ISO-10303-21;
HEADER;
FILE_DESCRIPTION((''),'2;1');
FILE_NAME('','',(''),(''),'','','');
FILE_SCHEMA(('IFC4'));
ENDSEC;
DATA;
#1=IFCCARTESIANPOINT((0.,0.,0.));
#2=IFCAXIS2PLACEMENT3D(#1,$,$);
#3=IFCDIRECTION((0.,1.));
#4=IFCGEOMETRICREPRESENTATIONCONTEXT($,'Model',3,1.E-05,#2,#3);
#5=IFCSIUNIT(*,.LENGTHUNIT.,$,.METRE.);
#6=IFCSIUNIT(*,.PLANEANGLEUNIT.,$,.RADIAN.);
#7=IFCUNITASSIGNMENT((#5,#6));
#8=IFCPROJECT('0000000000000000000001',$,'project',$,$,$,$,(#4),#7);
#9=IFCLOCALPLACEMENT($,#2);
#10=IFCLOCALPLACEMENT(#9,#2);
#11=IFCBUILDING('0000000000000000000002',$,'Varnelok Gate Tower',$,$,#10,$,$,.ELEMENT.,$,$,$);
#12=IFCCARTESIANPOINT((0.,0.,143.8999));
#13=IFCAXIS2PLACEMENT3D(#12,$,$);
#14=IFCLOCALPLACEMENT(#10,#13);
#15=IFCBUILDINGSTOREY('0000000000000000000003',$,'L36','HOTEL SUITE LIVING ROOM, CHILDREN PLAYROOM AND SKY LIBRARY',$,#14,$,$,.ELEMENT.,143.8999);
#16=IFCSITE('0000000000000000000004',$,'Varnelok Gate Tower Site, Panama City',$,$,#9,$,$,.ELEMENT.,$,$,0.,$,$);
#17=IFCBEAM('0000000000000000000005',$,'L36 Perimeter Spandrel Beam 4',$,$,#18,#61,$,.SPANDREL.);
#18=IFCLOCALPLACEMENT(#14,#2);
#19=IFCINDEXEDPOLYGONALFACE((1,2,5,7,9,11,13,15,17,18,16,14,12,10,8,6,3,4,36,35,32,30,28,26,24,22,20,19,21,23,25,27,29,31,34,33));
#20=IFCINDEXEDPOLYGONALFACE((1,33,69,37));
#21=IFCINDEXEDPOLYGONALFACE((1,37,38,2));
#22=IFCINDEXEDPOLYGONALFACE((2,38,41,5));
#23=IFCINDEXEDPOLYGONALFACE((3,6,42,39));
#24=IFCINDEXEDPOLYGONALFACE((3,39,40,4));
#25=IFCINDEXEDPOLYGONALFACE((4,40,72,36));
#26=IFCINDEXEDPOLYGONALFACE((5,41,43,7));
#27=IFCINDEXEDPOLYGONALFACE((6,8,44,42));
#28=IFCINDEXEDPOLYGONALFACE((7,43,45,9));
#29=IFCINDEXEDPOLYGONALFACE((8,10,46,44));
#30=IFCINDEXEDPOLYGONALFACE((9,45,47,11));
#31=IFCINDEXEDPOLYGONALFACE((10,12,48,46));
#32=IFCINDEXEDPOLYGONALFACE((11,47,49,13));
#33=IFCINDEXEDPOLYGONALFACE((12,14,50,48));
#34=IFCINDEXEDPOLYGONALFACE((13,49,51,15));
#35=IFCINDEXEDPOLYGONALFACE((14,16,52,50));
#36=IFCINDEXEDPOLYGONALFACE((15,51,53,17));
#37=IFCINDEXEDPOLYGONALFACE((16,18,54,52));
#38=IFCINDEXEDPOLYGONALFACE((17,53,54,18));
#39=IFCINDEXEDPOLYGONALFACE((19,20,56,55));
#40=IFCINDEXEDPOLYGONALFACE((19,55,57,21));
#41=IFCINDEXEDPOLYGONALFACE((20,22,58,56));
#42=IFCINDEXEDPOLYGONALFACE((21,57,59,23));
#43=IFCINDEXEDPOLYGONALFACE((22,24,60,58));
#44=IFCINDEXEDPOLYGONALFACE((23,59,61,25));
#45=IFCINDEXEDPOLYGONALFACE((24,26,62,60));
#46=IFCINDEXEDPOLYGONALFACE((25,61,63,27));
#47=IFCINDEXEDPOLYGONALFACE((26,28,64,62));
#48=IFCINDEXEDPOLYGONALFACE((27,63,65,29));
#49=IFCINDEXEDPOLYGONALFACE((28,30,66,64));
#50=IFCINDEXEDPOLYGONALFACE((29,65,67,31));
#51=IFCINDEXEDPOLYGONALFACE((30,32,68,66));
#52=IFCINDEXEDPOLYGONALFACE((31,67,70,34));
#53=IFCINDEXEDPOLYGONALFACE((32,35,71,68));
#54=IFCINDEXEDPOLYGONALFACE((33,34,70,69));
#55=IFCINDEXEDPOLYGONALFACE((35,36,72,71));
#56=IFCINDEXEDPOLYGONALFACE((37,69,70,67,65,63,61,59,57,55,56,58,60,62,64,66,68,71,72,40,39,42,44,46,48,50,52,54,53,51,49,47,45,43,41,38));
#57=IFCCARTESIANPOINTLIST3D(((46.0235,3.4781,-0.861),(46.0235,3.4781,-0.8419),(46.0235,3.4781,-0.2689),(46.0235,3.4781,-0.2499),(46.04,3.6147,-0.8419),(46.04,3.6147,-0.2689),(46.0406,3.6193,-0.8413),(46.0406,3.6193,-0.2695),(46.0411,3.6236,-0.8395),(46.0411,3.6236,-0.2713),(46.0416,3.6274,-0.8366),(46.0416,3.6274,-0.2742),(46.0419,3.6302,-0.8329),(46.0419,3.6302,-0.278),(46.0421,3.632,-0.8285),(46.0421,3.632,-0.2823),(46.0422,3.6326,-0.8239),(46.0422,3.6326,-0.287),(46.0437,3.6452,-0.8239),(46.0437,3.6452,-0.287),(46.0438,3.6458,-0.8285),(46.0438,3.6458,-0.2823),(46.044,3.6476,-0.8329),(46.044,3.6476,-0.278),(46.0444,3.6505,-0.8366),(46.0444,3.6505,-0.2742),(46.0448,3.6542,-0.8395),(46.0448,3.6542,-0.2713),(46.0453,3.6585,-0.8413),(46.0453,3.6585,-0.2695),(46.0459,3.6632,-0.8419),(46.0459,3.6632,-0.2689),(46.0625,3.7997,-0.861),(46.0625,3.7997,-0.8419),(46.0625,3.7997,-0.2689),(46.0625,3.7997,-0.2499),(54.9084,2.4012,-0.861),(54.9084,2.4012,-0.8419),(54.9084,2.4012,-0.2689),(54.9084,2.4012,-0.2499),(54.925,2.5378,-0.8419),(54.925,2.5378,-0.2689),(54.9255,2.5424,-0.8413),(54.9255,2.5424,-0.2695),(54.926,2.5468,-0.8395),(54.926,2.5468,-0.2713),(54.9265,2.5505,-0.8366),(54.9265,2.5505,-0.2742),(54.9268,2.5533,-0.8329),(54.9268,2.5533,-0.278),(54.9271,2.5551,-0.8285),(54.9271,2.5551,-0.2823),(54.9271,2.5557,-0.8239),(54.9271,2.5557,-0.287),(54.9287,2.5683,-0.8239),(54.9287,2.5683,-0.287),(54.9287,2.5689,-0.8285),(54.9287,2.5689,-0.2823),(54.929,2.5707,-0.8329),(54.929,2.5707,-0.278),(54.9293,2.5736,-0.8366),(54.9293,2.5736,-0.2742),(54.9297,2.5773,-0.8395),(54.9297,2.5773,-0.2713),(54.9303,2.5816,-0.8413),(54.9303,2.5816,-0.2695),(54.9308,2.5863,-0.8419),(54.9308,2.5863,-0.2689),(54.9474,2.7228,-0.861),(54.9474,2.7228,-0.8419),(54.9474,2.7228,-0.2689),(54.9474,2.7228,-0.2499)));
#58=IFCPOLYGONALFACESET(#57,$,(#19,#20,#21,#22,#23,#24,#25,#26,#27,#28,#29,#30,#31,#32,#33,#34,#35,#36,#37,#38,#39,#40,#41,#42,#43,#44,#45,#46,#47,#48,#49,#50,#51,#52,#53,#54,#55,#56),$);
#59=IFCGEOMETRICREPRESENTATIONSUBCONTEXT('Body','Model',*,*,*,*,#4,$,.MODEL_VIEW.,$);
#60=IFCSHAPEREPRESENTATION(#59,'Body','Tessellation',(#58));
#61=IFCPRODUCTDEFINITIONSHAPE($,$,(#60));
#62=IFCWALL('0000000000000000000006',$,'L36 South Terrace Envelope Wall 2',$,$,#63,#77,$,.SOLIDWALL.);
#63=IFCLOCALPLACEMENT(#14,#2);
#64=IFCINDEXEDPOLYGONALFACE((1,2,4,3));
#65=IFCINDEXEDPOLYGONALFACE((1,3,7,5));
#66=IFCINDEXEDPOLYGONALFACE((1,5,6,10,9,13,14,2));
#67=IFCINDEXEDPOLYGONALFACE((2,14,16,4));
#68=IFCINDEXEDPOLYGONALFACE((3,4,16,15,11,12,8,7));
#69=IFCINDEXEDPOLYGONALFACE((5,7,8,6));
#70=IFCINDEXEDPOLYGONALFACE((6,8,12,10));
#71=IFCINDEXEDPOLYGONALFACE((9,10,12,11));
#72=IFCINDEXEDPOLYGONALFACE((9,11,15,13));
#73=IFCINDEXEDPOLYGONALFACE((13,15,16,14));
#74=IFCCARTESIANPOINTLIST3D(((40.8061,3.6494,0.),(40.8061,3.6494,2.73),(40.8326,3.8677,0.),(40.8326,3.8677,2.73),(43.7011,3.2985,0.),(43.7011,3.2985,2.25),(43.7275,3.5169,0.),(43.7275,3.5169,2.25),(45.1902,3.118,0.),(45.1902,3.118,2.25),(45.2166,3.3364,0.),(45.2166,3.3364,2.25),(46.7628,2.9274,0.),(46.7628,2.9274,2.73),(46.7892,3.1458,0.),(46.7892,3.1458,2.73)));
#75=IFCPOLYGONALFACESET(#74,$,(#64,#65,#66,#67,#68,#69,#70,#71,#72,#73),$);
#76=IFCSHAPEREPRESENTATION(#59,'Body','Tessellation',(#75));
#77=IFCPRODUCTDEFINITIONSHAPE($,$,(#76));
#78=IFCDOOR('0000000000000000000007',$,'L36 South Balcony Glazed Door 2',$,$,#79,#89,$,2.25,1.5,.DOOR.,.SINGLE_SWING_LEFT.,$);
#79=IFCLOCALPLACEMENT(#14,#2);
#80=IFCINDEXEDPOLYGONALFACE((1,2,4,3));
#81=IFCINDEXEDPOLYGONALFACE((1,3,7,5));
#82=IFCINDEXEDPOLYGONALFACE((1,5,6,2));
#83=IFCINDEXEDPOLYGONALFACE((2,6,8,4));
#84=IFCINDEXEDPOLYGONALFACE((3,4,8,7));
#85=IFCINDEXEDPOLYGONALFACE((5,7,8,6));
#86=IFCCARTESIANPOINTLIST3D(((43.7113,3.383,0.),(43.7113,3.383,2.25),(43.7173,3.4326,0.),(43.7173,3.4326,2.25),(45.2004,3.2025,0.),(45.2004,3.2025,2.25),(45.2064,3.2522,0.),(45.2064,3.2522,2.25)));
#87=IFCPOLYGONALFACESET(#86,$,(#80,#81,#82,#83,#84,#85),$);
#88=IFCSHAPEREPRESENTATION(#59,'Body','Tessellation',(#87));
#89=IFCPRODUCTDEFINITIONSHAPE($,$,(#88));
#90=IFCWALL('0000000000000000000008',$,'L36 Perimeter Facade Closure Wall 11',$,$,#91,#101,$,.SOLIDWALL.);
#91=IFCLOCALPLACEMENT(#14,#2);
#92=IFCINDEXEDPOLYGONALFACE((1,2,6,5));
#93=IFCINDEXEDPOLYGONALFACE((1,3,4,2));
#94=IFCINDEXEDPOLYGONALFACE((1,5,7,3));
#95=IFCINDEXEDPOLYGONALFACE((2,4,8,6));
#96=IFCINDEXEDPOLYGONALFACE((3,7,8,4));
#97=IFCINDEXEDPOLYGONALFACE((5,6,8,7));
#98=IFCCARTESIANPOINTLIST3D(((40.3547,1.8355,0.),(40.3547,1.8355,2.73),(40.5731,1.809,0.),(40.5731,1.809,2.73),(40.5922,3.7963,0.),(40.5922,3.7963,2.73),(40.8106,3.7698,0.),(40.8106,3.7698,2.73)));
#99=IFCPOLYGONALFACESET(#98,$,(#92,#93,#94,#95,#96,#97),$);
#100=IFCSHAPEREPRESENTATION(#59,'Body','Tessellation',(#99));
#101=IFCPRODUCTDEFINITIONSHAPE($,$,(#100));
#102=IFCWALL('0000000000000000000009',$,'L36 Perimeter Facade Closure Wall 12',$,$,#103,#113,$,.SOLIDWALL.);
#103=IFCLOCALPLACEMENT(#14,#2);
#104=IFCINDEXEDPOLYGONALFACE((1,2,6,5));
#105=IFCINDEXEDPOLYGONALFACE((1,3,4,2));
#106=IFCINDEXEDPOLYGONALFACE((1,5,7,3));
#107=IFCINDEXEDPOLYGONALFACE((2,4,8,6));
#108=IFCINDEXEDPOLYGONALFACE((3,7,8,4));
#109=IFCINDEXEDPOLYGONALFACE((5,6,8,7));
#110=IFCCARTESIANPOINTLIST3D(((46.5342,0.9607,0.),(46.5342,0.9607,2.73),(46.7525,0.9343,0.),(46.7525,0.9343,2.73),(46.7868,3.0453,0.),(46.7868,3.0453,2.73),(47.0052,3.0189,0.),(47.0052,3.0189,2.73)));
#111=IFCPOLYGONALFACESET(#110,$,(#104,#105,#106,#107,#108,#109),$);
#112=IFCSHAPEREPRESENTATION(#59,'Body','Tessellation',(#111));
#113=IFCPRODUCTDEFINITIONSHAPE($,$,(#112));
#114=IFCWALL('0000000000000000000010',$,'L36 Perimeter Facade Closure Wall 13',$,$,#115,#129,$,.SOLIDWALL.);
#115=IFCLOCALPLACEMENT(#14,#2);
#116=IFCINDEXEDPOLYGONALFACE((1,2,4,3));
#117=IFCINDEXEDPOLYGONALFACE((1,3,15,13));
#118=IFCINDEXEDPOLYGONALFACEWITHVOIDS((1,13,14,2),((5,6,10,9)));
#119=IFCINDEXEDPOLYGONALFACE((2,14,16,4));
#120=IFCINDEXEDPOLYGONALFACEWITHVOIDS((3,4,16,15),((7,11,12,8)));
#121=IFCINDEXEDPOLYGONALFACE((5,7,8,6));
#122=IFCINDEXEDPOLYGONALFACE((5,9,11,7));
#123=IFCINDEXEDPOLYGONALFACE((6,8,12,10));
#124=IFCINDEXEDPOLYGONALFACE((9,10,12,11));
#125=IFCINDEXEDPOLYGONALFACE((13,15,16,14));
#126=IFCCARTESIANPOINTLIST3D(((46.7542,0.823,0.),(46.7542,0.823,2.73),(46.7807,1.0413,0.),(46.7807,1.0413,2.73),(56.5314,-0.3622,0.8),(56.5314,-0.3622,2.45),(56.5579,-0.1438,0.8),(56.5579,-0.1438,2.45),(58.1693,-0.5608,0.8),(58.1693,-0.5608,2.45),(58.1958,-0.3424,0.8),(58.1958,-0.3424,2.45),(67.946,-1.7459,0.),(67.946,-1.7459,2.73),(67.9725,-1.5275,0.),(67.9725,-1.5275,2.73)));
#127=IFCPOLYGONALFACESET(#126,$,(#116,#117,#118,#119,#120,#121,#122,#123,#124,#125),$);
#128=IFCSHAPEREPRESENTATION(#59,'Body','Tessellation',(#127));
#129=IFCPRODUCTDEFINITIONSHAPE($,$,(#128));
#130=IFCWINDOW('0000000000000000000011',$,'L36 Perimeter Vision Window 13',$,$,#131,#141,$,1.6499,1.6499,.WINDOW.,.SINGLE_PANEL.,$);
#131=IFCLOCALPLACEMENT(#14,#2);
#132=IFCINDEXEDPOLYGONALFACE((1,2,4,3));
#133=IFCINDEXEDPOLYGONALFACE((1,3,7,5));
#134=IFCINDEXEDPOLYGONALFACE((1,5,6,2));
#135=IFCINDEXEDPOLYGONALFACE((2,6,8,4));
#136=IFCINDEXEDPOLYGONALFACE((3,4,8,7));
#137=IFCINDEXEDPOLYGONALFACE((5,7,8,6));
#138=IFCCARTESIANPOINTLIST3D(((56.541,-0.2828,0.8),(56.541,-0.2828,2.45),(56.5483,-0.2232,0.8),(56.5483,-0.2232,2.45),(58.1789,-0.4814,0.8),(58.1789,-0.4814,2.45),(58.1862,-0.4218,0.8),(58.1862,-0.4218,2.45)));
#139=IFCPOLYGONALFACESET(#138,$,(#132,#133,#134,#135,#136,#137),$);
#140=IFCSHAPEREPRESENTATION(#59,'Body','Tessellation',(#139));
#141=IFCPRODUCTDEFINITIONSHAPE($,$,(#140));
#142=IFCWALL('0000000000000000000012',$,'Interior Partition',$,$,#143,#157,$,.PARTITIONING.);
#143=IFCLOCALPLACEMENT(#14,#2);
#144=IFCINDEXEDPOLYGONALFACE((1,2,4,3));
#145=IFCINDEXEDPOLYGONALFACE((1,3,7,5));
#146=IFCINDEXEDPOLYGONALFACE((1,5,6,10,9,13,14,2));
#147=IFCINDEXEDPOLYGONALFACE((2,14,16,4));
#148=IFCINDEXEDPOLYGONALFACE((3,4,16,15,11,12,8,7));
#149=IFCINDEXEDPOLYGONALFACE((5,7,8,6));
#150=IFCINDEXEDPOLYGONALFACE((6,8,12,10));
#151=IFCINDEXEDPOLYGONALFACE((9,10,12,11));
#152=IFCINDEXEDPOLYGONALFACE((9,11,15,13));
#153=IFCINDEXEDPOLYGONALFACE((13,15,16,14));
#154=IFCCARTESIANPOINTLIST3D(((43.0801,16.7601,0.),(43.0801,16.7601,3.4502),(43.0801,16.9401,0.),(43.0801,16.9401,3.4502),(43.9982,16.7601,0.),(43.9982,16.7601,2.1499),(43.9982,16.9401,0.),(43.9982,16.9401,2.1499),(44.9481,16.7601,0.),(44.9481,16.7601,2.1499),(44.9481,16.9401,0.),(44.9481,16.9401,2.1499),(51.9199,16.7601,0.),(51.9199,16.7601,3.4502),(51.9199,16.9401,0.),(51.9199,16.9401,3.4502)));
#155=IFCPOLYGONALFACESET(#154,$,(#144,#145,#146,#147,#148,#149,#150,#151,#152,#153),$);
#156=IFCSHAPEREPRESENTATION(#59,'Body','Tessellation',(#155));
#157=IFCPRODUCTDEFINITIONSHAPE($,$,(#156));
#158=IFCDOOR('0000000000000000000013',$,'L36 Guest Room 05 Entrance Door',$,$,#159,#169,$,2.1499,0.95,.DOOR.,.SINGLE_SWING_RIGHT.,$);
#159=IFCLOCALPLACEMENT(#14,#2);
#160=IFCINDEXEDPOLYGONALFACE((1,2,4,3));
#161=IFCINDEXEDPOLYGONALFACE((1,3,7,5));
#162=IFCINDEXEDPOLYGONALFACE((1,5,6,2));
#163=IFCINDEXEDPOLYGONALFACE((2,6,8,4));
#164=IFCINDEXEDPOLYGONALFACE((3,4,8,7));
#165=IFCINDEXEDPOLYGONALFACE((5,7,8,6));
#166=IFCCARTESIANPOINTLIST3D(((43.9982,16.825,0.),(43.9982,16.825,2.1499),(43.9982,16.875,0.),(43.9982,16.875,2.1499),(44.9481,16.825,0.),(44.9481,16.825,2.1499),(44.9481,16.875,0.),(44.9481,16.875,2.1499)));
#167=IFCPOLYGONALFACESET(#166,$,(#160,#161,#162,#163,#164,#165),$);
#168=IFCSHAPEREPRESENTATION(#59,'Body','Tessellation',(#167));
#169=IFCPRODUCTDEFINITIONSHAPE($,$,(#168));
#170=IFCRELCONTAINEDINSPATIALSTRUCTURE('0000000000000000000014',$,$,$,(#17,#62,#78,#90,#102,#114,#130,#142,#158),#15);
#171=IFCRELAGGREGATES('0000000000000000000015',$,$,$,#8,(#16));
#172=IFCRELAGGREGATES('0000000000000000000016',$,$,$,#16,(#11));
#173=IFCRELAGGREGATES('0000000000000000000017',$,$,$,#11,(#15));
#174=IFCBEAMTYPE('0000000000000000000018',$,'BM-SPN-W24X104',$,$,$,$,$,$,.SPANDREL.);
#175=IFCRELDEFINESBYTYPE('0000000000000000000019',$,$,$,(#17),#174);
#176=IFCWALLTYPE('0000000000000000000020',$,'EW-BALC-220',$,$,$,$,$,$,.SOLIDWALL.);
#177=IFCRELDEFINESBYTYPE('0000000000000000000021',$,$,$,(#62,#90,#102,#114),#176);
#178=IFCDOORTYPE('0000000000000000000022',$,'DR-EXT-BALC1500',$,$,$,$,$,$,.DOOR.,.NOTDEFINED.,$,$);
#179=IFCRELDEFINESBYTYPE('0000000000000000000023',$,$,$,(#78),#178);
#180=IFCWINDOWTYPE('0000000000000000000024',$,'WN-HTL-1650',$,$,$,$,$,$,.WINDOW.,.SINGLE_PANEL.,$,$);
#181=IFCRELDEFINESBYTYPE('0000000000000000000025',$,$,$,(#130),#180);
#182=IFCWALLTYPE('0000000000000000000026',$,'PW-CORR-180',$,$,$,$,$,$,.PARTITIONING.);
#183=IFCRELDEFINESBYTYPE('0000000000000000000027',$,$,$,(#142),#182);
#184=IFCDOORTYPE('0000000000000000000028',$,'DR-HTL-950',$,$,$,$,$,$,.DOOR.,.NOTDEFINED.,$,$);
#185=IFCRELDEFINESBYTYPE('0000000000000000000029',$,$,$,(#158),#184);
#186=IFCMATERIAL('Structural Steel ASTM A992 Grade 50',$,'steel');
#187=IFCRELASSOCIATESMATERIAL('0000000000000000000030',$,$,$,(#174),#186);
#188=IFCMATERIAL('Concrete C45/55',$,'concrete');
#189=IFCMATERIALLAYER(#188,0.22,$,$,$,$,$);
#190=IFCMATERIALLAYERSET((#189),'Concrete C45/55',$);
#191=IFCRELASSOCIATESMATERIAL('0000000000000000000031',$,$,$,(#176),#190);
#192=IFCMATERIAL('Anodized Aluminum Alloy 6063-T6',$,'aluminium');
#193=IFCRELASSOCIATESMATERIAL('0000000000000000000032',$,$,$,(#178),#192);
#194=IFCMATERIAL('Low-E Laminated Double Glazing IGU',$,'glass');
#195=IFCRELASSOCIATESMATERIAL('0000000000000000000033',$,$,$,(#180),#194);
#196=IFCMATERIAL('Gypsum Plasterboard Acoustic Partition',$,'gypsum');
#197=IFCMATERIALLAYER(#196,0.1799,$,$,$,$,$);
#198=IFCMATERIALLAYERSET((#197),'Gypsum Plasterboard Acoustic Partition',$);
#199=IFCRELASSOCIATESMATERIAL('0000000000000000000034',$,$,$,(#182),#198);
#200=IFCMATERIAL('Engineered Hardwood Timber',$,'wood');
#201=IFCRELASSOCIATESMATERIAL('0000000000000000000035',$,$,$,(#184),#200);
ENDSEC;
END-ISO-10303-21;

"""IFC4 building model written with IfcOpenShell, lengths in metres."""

from ifc_helpers import new_model, si_unit, direction, frame, frame_2d, origin, origin_2d, place, context, subcontext, project, spatial, rectangle, i_section, extrude, material, layer, layer_set, material_profile, profile_set, type_object, element, fill, save


model = new_model("IFC4")

# Units and contexts
model_context = context("Model", 3, precision=1e-05, world=origin(), true_north=direction((0.0, 1.0)))
body_context = subcontext(model_context, "Body", "Model", "MODEL_VIEW")
ifc_project = project(units=[si_unit("LENGTHUNIT", "METRE"), si_unit("PLANEANGLEUNIT", "RADIAN")], contexts=[model_context])

# Site, building, storey
site_placement = place(None, origin())
site = spatial("IfcSite", under=ifc_project, at=site_placement, Name="Varnelok Gate Tower Site, Panama City", CompositionType="ELEMENT", RefElevation=0.0)
building_placement = place(site_placement, origin())
building = spatial("IfcBuilding", under=site, at=building_placement, Name="Varnelok Gate Tower", CompositionType="ELEMENT")
storey_placement = place(building_placement, frame((0.0, 0.0, 143.8999)))
storey = spatial("IfcBuildingStorey", under=building, at=storey_placement, Name="L36", Description="HOTEL SUITE LIVING ROOM, CHILDREN PLAYROOM AND SKY LIBRARY", CompositionType="ELEMENT", Elevation=143.8999)

# Shared definitions
ifc_material_1 = material(Name="Structural Steel ASTM A992 Grade 50", Category="steel")

# Beam
ifc_material_profile_1 = material_profile(ifc_material_1, i_section(OverallWidth=0.324, OverallDepth=0.6111, WebThickness=0.0127, FlangeThickness=0.019, FilletRadius=0.0181, at=origin_2d()), Name="W24X104")
ifc_profile_set_1 = profile_set([ifc_material_profile_1], Name="Structural Steel ASTM A992 Grade 50")
beam_type_1 = type_object("IfcBeamType", Name="BM-SPN-W24X104", PredefinedType="SPANDREL", material=ifc_profile_set_1)
beam_1_placement = place(storey_placement, frame((46.043, 3.6389, -0.5554), z_axis=(0.992735, -0.120324, 0.0), x_axis=(0.120324, 0.992735, 0.0)))
element("IfcBeam", 1, at=beam_1_placement, inside=storey, type_object=beam_type_1, Name="L36 Perimeter Spandrel Beam 4", PredefinedType="SPANDREL", context=body_context, shape_type="SweptSolid", body=[
    extrude(i_section(OverallWidth=0.324, OverallDepth=0.6111, WebThickness=0.0127, FlangeThickness=0.019, FilletRadius=0.0181, at=origin_2d()), origin(), (0.0, 0.0, 1.0), 8.95),
])

# Wall, opening, door
ifc_material_2 = material(Name="Concrete C45/55", Category="concrete")
ifc_layer_1 = layer(ifc_material_2, 0.22)
ifc_layer_set_1 = layer_set([ifc_layer_1], Name="Concrete C45/55")
wall_type_1 = type_object("IfcWallType", Name="EW-BALC-220", PredefinedType="SOLIDWALL", material=ifc_layer_set_1)
wall_1_placement = place(storey_placement, frame((46.7759, 3.0366, 0.0), z_axis=(0.0, 0.0, 1.0), x_axis=(-0.992735, 0.120318, 0.0)))
wall_1 = element("IfcWall", 2, at=wall_1_placement, inside=storey, type_object=wall_type_1, Name="L36 South Terrace Envelope Wall 2", PredefinedType="SOLIDWALL", context=body_context, shape_type="SweptSolid", body=[
    extrude(rectangle(XDim=6.0002, YDim=0.22, at=frame_2d((3.0, 0.0))), origin(), (0.0, 0.0, 1.0), 2.73),
])
opening_1_placement = place(wall_1_placement, frame((1.584, 0.0, 0.0)))
opening_1 = element("IfcOpeningElement", 3, at=opening_1_placement, cuts=wall_1, PredefinedType="OPENING", context=body_context, shape_type="SweptSolid", body=[
    extrude(rectangle(XDim=1.5, YDim=2.25, at=frame_2d((0.75, 1.125))), frame((0.0, 0.1199, 0.0), z_axis=(0.0, -1.0, 0.0), x_axis=(1.0, 0.0, 0.0)), (0.0, 0.0, 1.0), 0.24),
])
ifc_material_3 = material(Name="Anodized Aluminum Alloy 6063-T6", Category="aluminium")
door_type_1 = type_object("IfcDoorType", Name="DR-EXT-BALC1500", OperationType="NOTDEFINED", PredefinedType="DOOR", material=ifc_material_3)
door_1_placement = place(opening_1_placement, origin())
door_1 = element("IfcDoor", 4, at=door_1_placement, inside=storey, type_object=door_type_1, Name="L36 South Balcony Glazed Door 2", OperationType="SINGLE_SWING_LEFT", OverallHeight=2.25, OverallWidth=1.5, PredefinedType="DOOR", context=body_context, shape_type="SweptSolid", body=[
    extrude(rectangle(XDim=1.5, YDim=2.25, at=frame_2d((0.75, 1.125))), frame((0.0, 0.0249, 0.0), z_axis=(0.0, -1.0, 0.0), x_axis=(1.0, 0.0, 0.0)), (0.0, 0.0, 1.0), 0.05),
])
fill(opening_1, door_1)

# Walls
wall_2_placement = place(storey_placement, frame((40.4639, 1.8223, 0.0), z_axis=(0.0, 0.0, 1.0), x_axis=(0.120276, 0.99274, 0.0)))
element("IfcWall", 5, at=wall_2_placement, inside=storey, type_object=wall_type_1, Name="L36 Perimeter Facade Closure Wall 11", PredefinedType="SOLIDWALL", context=body_context, shape_type="SweptSolid", body=[
    extrude(rectangle(XDim=1.9751, YDim=0.22, at=frame_2d((0.9875, 0.0))), origin(), (0.0, 0.0, 1.0), 2.73),
])
wall_3_placement = place(storey_placement, frame((46.896, 3.032, 0.0), z_axis=(0.0, 0.0, 1.0), x_axis=(-0.120328, -0.992734, 0.0)))
element("IfcWall", 6, at=wall_3_placement, inside=storey, type_object=wall_type_1, Name="L36 Perimeter Facade Closure Wall 12", PredefinedType="SOLIDWALL", context=body_context, shape_type="SweptSolid", body=[
    extrude(rectangle(XDim=2.0999, YDim=0.22, at=frame_2d((1.0498, 0.0))), origin(), (0.0, 0.0, 1.0), 2.73),
])

# Wall, opening, window
wall_4_placement = place(storey_placement, frame((46.7676, 0.9321, 0.0), z_axis=(0.0, 0.0, 1.0), x_axis=(0.992733, -0.120338, 0.0)))
wall_4 = element("IfcWall", 7, at=wall_4_placement, inside=storey, type_object=wall_type_1, Name="L36 Perimeter Facade Closure Wall 13", PredefinedType="SOLIDWALL", context=body_context, shape_type="SweptSolid", body=[
    extrude(rectangle(XDim=21.3469, YDim=0.22, at=frame_2d((10.6733, 0.0))), origin(), (0.0, 0.0, 1.0), 2.73),
])
opening_2_placement = place(wall_4_placement, frame((9.8486, 0.0, 0.8)))
opening_2 = element("IfcOpeningElement", 8, at=opening_2_placement, cuts=wall_4, PredefinedType="OPENING", context=body_context, shape_type="SweptSolid", body=[
    extrude(rectangle(XDim=1.6499, YDim=1.6499, at=frame_2d((0.825, 0.825))), frame((0.0, 0.1199, 0.0), z_axis=(0.0, -1.0, 0.0), x_axis=(1.0, 0.0, 0.0)), (0.0, 0.0, 1.0), 0.24),
])
ifc_material_4 = material(Name="Low-E Laminated Double Glazing IGU", Category="glass")
window_type = type_object("IfcWindowType", Name="WN-HTL-1650", PartitioningType="SINGLE_PANEL", PredefinedType="WINDOW", material=ifc_material_4)
window_placement = place(opening_2_placement, origin())
window = element("IfcWindow", 9, at=window_placement, inside=storey, type_object=window_type, Name="L36 Perimeter Vision Window 13", OverallHeight=1.6499, OverallWidth=1.6499, PartitioningType="SINGLE_PANEL", PredefinedType="WINDOW", context=body_context, shape_type="SweptSolid", body=[
    extrude(rectangle(XDim=1.6499, YDim=1.6499, at=frame_2d((0.825, 0.825))), frame((0.0, 0.03, 0.0), z_axis=(0.0, -1.0, 0.0), x_axis=(1.0, 0.0, 0.0)), (0.0, 0.0, 1.0), 0.0601),
])
fill(opening_2, window)

# Wall, opening, door
ifc_material_5 = material(Name="Gypsum Plasterboard Acoustic Partition", Category="gypsum")
ifc_layer_2 = layer(ifc_material_5, 0.1799)
ifc_layer_set_2 = layer_set([ifc_layer_2], Name="Gypsum Plasterboard Acoustic Partition")
wall_type_2 = type_object("IfcWallType", Name="PW-CORR-180", PredefinedType="PARTITIONING", material=ifc_layer_set_2)
wall_5_placement = place(storey_placement, frame((43.0801, 16.8501, 0.0), z_axis=(0.0, 0.0, 1.0), x_axis=(1.0, 0.0, 0.0)))
wall_5 = element("IfcWall", 10, at=wall_5_placement, inside=storey, type_object=wall_type_2, Name="Interior Partition", PredefinedType="PARTITIONING", context=body_context, shape_type="SweptSolid", body=[
    extrude(rectangle(XDim=8.8398, YDim=0.1799, at=frame_2d((4.4199, 0.0))), origin(), (0.0, 0.0, 1.0), 3.4502),
])
opening_3_placement = place(wall_5_placement, frame((0.918, 0.0, 0.0)))
opening_3 = element("IfcOpeningElement", 11, at=opening_3_placement, cuts=wall_5, PredefinedType="OPENING", context=body_context, shape_type="SweptSolid", body=[
    extrude(rectangle(XDim=0.95, YDim=2.1499, at=frame_2d((0.4751, 1.075))), frame((0.0, 0.0999, 0.0), z_axis=(0.0, -1.0, 0.0), x_axis=(1.0, 0.0, 0.0)), (0.0, 0.0, 1.0), 0.2),
])
ifc_material_6 = material(Name="Engineered Hardwood Timber", Category="wood")
door_type_2 = type_object("IfcDoorType", Name="DR-HTL-950", OperationType="NOTDEFINED", PredefinedType="DOOR", material=ifc_material_6)
door_2_placement = place(opening_3_placement, origin())
door_2 = element("IfcDoor", 12, at=door_2_placement, inside=storey, type_object=door_type_2, Name="L36 Guest Room 05 Entrance Door", OperationType="SINGLE_SWING_RIGHT", OverallHeight=2.1499, OverallWidth=0.95, PredefinedType="DOOR", context=body_context, shape_type="SweptSolid", body=[
    extrude(rectangle(XDim=0.95, YDim=2.1499, at=frame_2d((0.4751, 1.075))), frame((0.0, 0.0249, 0.0), z_axis=(0.0, -1.0, 0.0), x_axis=(1.0, 0.0, 0.0)), (0.0, 0.0, 1.0), 0.05),
])
fill(opening_3, door_2)

save(model, "model.ifc")
